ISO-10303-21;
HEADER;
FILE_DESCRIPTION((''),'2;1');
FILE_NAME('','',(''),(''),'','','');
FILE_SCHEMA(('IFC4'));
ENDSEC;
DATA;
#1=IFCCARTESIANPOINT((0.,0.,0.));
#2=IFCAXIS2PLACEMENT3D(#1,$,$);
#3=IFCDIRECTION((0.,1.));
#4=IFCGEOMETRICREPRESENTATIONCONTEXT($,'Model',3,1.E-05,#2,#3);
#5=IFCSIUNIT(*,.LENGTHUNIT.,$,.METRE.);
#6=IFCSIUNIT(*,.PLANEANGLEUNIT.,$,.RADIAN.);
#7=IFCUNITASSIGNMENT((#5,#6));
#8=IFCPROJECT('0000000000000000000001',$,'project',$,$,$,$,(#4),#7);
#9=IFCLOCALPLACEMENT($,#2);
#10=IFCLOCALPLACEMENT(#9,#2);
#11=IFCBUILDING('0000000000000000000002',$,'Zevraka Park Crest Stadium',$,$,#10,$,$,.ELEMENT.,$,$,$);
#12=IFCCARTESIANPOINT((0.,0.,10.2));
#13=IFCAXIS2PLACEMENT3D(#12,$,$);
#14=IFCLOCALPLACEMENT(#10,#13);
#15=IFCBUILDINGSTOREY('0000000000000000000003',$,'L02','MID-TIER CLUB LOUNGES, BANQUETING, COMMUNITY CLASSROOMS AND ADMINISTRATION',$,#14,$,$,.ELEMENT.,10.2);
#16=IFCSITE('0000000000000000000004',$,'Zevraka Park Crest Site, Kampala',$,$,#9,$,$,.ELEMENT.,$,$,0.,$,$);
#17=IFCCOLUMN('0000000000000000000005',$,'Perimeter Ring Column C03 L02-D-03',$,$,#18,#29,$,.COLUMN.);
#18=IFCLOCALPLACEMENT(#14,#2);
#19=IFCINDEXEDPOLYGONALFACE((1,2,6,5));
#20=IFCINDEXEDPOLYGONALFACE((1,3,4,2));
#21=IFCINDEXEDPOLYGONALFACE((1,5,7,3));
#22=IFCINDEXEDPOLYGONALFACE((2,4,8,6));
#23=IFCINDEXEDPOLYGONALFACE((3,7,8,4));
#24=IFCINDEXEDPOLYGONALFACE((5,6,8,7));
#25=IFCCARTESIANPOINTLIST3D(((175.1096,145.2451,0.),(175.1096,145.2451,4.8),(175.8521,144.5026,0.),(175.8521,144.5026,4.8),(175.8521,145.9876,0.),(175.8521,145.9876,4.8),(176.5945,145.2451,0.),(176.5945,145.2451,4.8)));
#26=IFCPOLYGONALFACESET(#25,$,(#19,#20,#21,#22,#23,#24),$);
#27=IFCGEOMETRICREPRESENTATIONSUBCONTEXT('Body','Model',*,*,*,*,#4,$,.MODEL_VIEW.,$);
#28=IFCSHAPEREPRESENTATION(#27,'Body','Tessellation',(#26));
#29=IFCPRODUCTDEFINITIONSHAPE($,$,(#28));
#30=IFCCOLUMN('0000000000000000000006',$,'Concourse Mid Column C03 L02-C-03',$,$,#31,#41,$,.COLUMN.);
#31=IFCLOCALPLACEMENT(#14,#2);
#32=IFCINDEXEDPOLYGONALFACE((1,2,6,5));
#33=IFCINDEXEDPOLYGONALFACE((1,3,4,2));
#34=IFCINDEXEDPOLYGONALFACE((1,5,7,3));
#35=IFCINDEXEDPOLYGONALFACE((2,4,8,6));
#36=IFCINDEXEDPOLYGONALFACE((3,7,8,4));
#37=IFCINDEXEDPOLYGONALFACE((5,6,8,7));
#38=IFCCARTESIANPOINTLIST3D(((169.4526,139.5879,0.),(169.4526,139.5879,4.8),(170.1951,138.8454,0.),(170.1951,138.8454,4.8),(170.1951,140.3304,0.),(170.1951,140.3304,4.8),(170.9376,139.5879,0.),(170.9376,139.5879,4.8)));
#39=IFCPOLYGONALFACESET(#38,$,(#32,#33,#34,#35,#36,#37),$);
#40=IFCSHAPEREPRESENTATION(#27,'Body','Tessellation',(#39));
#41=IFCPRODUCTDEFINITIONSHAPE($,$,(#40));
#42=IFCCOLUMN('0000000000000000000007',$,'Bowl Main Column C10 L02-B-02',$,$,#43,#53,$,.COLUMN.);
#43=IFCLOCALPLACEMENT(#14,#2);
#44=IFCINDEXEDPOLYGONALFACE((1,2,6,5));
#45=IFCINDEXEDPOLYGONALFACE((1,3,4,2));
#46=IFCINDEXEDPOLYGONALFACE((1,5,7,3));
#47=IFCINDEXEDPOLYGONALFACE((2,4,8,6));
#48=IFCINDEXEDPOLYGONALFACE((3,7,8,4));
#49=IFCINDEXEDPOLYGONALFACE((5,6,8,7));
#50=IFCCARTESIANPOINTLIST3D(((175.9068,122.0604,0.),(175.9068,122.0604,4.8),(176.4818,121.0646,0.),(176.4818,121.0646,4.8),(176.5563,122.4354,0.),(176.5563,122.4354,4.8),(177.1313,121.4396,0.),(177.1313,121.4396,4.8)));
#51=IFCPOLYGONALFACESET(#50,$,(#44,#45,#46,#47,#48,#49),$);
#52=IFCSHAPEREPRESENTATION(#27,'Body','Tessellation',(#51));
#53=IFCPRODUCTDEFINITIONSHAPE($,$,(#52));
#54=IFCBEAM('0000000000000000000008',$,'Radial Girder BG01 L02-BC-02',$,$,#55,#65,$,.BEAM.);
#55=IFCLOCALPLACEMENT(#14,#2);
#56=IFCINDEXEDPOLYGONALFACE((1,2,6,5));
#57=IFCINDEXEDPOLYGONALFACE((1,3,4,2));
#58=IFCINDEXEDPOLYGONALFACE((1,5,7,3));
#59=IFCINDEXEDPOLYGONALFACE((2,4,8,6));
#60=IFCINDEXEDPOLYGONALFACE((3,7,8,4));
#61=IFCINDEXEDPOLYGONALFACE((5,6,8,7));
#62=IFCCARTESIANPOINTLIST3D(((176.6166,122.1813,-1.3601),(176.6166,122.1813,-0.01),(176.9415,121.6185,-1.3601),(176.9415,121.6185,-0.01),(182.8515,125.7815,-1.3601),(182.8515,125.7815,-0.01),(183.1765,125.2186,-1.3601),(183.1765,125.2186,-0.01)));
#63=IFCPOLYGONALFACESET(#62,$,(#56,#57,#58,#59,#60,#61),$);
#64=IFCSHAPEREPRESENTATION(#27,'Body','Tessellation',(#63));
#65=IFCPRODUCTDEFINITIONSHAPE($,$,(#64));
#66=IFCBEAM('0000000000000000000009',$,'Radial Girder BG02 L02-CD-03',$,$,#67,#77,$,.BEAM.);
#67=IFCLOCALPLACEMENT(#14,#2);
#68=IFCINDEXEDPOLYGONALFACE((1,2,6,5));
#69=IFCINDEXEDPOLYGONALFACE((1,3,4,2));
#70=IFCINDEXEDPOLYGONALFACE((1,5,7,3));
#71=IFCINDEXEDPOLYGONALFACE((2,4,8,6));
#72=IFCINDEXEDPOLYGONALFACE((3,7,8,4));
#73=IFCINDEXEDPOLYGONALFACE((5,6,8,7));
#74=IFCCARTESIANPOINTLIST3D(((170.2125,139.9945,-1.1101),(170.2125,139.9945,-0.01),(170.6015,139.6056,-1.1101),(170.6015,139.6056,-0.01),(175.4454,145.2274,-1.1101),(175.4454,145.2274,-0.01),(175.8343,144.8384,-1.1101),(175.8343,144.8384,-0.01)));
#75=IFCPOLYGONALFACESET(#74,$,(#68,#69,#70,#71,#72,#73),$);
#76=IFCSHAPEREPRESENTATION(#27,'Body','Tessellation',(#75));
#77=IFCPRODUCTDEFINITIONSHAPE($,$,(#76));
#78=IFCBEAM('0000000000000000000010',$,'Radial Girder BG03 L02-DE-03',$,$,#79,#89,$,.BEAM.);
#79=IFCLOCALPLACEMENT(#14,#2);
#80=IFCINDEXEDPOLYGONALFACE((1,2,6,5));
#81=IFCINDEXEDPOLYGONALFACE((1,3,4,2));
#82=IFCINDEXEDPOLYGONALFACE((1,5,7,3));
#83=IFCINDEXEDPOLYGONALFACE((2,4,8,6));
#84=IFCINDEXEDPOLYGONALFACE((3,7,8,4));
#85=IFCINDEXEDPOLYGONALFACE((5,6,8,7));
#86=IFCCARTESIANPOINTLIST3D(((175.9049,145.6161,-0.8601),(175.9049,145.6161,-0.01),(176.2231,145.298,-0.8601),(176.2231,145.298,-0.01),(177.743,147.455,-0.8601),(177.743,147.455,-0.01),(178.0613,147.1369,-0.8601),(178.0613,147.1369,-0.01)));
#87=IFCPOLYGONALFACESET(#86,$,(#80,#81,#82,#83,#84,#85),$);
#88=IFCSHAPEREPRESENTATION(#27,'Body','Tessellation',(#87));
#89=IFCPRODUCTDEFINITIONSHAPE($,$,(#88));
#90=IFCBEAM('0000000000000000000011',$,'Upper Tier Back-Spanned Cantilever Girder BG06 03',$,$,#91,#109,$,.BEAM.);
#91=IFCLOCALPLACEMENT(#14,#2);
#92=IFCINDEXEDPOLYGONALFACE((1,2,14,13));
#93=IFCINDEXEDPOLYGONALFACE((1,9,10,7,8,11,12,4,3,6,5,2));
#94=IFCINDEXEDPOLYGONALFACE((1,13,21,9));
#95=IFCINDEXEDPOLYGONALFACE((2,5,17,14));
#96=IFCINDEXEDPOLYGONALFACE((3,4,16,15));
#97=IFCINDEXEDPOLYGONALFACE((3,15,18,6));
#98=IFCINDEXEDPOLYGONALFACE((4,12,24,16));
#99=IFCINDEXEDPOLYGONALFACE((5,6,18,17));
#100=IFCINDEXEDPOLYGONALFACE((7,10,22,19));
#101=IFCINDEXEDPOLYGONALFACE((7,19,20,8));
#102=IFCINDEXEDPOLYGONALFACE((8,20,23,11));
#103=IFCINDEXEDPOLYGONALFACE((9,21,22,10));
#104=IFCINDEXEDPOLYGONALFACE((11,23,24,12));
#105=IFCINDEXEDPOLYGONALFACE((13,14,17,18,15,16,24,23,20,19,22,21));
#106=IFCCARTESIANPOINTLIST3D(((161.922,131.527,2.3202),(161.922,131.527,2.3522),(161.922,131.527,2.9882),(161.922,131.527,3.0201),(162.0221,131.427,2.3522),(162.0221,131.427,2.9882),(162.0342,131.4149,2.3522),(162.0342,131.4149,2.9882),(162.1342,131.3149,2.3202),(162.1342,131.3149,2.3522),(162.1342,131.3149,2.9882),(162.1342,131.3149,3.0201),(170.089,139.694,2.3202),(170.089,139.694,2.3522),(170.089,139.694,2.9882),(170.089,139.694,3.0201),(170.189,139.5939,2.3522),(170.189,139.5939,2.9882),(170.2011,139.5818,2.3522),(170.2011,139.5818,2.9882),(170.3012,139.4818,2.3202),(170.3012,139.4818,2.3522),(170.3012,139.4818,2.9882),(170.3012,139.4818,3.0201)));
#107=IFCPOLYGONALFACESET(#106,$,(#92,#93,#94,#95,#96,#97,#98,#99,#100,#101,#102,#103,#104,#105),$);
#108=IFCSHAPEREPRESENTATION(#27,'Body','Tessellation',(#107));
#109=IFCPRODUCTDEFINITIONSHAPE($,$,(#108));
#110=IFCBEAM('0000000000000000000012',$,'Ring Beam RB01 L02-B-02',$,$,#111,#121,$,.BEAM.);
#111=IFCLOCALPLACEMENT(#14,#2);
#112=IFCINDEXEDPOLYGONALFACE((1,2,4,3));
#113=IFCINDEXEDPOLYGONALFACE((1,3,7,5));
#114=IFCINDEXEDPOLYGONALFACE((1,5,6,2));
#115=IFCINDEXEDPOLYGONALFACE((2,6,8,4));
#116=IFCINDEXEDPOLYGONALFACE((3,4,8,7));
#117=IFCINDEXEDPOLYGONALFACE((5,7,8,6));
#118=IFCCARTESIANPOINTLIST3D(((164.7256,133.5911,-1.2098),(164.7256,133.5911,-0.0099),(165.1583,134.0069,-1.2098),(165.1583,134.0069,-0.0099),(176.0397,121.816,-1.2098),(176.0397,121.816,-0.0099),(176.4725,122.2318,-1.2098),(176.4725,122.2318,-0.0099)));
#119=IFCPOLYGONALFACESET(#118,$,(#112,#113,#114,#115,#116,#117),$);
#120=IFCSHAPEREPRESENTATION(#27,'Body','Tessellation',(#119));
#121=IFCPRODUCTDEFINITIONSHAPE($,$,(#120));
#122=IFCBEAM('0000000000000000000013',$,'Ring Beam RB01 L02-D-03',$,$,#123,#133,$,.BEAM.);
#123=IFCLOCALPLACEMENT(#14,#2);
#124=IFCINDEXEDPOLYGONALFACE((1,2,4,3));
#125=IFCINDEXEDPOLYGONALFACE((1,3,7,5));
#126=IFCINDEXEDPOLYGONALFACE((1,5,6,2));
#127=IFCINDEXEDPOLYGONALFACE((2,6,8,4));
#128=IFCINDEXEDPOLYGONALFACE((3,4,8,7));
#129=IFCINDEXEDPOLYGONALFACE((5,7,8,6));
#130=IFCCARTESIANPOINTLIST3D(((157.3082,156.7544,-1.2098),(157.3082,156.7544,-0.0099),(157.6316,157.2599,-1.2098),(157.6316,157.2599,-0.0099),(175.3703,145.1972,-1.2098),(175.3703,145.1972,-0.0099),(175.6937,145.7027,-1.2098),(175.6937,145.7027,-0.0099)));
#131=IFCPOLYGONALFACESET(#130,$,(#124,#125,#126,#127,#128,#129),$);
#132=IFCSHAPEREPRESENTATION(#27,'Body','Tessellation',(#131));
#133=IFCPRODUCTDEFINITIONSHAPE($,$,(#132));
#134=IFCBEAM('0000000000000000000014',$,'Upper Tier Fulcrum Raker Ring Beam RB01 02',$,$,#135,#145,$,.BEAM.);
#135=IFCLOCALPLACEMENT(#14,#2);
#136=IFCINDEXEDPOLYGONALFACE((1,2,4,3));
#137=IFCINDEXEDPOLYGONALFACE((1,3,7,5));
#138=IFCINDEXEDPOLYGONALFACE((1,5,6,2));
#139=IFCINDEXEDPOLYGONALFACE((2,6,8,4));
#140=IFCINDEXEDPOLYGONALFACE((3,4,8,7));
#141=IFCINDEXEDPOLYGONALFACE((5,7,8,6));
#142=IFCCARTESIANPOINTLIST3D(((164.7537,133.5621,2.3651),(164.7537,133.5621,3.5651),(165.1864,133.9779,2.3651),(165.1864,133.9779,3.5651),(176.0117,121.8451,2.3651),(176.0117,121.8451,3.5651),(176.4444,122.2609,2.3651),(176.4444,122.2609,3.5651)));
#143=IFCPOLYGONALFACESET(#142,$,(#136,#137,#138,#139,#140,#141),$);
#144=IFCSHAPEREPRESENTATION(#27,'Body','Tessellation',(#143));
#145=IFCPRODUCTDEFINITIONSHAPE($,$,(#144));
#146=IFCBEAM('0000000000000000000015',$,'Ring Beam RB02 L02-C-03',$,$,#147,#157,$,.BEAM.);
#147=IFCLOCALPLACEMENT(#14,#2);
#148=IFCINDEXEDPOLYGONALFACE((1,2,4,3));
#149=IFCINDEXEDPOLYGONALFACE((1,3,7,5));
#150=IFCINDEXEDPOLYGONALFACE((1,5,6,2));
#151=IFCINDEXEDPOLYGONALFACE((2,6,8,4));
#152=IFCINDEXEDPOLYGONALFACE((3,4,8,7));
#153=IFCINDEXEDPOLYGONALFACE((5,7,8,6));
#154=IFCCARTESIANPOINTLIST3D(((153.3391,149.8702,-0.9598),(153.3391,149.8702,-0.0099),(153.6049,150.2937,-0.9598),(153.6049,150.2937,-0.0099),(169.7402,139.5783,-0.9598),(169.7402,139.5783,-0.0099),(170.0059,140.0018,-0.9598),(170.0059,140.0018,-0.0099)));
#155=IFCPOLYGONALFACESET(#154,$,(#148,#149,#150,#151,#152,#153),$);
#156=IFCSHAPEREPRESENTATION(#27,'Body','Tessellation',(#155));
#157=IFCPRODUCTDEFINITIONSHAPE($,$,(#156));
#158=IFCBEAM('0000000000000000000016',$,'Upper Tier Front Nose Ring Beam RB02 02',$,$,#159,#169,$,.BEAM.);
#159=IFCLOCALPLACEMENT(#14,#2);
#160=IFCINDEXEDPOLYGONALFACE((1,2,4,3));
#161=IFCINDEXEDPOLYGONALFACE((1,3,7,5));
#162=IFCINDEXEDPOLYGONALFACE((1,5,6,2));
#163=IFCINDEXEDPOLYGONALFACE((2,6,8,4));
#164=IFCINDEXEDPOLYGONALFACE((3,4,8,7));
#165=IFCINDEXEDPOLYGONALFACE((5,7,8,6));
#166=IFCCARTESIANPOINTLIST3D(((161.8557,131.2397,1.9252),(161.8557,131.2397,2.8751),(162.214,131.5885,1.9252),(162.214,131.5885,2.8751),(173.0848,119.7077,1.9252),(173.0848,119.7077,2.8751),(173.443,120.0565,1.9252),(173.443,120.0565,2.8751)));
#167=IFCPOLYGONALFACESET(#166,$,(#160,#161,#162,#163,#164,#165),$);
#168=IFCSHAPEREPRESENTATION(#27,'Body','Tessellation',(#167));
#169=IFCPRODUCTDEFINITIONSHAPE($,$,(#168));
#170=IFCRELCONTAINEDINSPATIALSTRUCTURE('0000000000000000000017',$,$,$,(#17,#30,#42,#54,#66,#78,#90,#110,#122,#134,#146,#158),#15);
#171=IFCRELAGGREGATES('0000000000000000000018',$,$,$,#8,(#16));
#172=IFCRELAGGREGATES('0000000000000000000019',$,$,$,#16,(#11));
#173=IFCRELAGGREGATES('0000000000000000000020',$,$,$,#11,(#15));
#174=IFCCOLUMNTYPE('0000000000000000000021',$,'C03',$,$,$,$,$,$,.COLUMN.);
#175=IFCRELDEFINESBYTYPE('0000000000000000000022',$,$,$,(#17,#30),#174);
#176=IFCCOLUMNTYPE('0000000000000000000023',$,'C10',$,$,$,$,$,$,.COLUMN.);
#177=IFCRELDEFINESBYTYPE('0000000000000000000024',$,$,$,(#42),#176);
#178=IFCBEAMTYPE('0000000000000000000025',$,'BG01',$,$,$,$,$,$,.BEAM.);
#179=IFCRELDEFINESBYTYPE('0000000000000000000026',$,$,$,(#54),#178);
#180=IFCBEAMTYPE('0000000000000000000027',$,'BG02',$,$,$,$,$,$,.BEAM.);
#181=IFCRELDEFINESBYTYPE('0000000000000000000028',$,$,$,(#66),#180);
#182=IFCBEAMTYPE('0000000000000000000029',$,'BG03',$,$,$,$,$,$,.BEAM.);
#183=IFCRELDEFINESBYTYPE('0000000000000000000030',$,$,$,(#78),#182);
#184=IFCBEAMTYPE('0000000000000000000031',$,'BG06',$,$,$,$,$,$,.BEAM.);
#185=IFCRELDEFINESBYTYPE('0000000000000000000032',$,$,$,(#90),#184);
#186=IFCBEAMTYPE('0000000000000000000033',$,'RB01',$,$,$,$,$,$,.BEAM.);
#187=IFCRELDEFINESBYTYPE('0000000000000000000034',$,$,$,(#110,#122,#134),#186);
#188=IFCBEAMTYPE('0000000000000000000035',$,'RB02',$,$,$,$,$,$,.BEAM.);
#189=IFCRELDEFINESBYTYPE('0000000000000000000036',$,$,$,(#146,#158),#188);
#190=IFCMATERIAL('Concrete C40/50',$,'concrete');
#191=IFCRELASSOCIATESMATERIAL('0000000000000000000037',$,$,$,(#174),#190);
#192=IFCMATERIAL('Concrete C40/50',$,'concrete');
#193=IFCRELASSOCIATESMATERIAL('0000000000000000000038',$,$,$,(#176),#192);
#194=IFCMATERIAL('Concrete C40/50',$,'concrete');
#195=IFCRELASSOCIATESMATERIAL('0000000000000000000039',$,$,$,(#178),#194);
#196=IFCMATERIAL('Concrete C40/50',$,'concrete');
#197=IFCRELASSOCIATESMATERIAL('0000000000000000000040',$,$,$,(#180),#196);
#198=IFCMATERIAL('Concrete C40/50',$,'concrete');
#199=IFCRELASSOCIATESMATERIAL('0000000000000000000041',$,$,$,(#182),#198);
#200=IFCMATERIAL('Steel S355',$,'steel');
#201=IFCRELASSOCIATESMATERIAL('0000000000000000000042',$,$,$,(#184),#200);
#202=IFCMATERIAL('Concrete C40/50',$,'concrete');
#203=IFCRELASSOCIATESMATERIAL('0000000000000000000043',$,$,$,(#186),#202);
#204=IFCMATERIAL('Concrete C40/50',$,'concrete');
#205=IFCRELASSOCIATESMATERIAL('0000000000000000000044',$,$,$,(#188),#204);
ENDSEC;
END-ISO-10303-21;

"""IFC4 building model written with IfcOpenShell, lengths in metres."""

from ifc_helpers import new_model, si_unit, direction, frame, origin, origin_2d, place, context, subcontext, project, spatial, rectangle, i_section, extrude, material, material_profile, profile_set, type_object, element, save


model = new_model("IFC4")

# Units and contexts
model_context = context("Model", 3, precision=1e-05, world=origin(), true_north=direction((0.0, 1.0)))
body_context = subcontext(model_context, "Body", "Model", "MODEL_VIEW")
ifc_project = project(units=[si_unit("LENGTHUNIT", "METRE"), si_unit("PLANEANGLEUNIT", "RADIAN")], contexts=[model_context])

# Site, building, storey
site_placement = place(None, origin())
site = spatial("IfcSite", under=ifc_project, at=site_placement, Name="Zevraka Park Crest Site, Kampala", CompositionType="ELEMENT", RefElevation=0.0)
building_placement = place(site_placement, origin())
building = spatial("IfcBuilding", under=site, at=building_placement, Name="Zevraka Park Crest Stadium", CompositionType="ELEMENT")
storey_placement = place(building_placement, frame((0.0, 0.0, 10.2)))
storey = spatial("IfcBuildingStorey", under=building, at=storey_placement, Name="L02", Description="MID-TIER CLUB LOUNGES, BANQUETING, COMMUNITY CLASSROOMS AND ADMINISTRATION", CompositionType="ELEMENT", Elevation=10.2)

# Columns
ifc_material_1 = material(Name="Concrete C40/50", Category="concrete")
ifc_material_profile_1 = material_profile(ifc_material_1, rectangle(XDim=1.05, YDim=1.05, at=origin_2d()), Name="RC 1050x1050")
ifc_profile_set_1 = profile_set([ifc_material_profile_1], Name="Concrete C40/50")
column_type_1 = type_object("IfcColumnType", Name="C03", PredefinedType="COLUMN", material=ifc_profile_set_1)
for number, where, z_axis, x_axis, name in (
    (1, (175.8521, 145.2451, 0.0), (0.0, 0.0, 1.0), (0.707107, 0.707107, 0.0), "Perimeter Ring Column C03 L02-D-03"),
    (2, (170.1951, 139.5879, 0.0), (0.0, 0.0, 1.0), (0.707107, 0.707107, 0.0), "Concourse Mid Column C03 L02-C-03"),
):
    element("IfcColumn", number, at=place(storey_placement, frame(where, z_axis=z_axis, x_axis=x_axis)), inside=storey, type_object=column_type_1, Name=name, PredefinedType="COLUMN", context=body_context, shape_type="SweptSolid", body=[
        extrude(rectangle(XDim=1.05, YDim=1.05, at=origin_2d()), origin(), (0.0, 0.0, 1.0), 4.8),
    ])
ifc_material_2 = material(Name="Concrete C40/50", Category="concrete")
ifc_material_profile_2 = material_profile(ifc_material_2, rectangle(XDim=0.75, YDim=1.1499, at=origin_2d()), Name="RC 1150x750")
ifc_profile_set_2 = profile_set([ifc_material_profile_2], Name="Concrete C40/50")
column_type_2 = type_object("IfcColumnType", Name="C10", PredefinedType="COLUMN", material=ifc_profile_set_2)
column_placement = place(storey_placement, frame((176.519, 121.75, 0.0), z_axis=(0.0, 0.0, 1.0), x_axis=(0.866025, 0.5, 0.0)))
element("IfcColumn", 3, at=column_placement, inside=storey, type_object=column_type_2, Name="Bowl Main Column C10 L02-B-02", PredefinedType="COLUMN", context=body_context, shape_type="SweptSolid", body=[
    extrude(rectangle(XDim=0.75, YDim=1.1499, at=origin_2d()), origin(), (0.0, 0.0, 1.0), 4.8),
])

# Beams
ifc_material_3 = material(Name="Concrete C40/50", Category="concrete")
ifc_material_profile_3 = material_profile(ifc_material_3, rectangle(XDim=0.6499, YDim=1.3501, at=origin_2d()), Name="RC 1350x650")
ifc_profile_set_3 = profile_set([ifc_material_profile_3], Name="Concrete C40/50")
beam_type_1 = type_object("IfcBeamType", Name="BG01", PredefinedType="BEAM", material=ifc_profile_set_3)
beam_1_placement = place(storey_placement, frame((176.7791, 121.8999, -0.6851), z_axis=(0.866001, 0.500041, 0.0), x_axis=(-0.500041, 0.866001, 0.0)))
element("IfcBeam", 4, at=beam_1_placement, inside=storey, type_object=beam_type_1, Name="Radial Girder BG01 L02-BC-02", PredefinedType="BEAM", context=body_context, shape_type="SweptSolid", body=[
    extrude(rectangle(XDim=0.6499, YDim=1.3501, at=origin_2d()), origin(), (0.0, 0.0, 1.0), 7.1997),
])
ifc_material_4 = material(Name="Concrete C40/50", Category="concrete")
ifc_material_profile_4 = material_profile(ifc_material_4, rectangle(XDim=0.55, YDim=1.1001, at=origin_2d()), Name="RC 1100x550")
ifc_profile_set_4 = profile_set([ifc_material_profile_4], Name="Concrete C40/50")
beam_type_2 = type_object("IfcBeamType", Name="BG02", PredefinedType="BEAM", material=ifc_profile_set_4)
beam_2_placement = place(storey_placement, frame((170.407, 139.8, -0.5601), z_axis=(0.707107, 0.707107, 0.0), x_axis=(-0.707107, 0.707107, 0.0)))
element("IfcBeam", 5, at=beam_2_placement, inside=storey, type_object=beam_type_2, Name="Radial Girder BG02 L02-CD-03", PredefinedType="BEAM", context=body_context, shape_type="SweptSolid", body=[
    extrude(rectangle(XDim=0.55, YDim=1.1001, at=origin_2d()), origin(), (0.0, 0.0, 1.0), 7.4004),
])
ifc_material_5 = material(Name="Concrete C40/50", Category="concrete")
ifc_material_profile_5 = material_profile(ifc_material_5, rectangle(XDim=0.45, YDim=0.8501, at=origin_2d()), Name="RC 850x450")
ifc_profile_set_5 = profile_set([ifc_material_profile_5], Name="Concrete C40/50")
beam_type_3 = type_object("IfcBeamType", Name="BG03", PredefinedType="BEAM", material=ifc_profile_set_5)
beam_3_placement = place(storey_placement, frame((176.064, 145.457, -0.4351), z_axis=(0.706966, 0.707248, 0.0), x_axis=(-0.707248, 0.706966, 0.0)))
element("IfcBeam", 6, at=beam_3_placement, inside=storey, type_object=beam_type_3, Name="Radial Girder BG03 L02-DE-03", PredefinedType="BEAM", context=body_context, shape_type="SweptSolid", body=[
    extrude(rectangle(XDim=0.45, YDim=0.8501, at=origin_2d()), origin(), (0.0, 0.0, 1.0), 2.6001),
])
ifc_material_6 = material(Name="Steel S355", Category="steel")
ifc_material_profile_6 = material_profile(ifc_material_6, i_section(OverallWidth=0.3, OverallDepth=0.7, WebThickness=0.0171, FlangeThickness=0.032, at=origin_2d()), Name="HEB 700")
ifc_profile_set_6 = profile_set([ifc_material_profile_6], Name="Steel S355")
beam_type_4 = type_object("IfcBeamType", Name="BG06", PredefinedType="BEAM", material=ifc_profile_set_6)
beam_4_placement = place(storey_placement, frame((170.1951, 139.5879, 2.6702), z_axis=(-0.707107, -0.707107, 0.0), x_axis=(0.707107, -0.707107, 0.0)))
element("IfcBeam", 7, at=beam_4_placement, inside=storey, type_object=beam_type_4, Name="Upper Tier Back-Spanned Cantilever Girder BG06 03", PredefinedType="BEAM", context=body_context, shape_type="SweptSolid", body=[
    extrude(i_section(OverallWidth=0.3, OverallDepth=0.7, WebThickness=0.0171, FlangeThickness=0.032, at=origin_2d()), origin(), (0.0, 0.0, 1.0), 11.5498),
])
ifc_material_7 = material(Name="Concrete C40/50", Category="concrete")
ifc_material_profile_7 = material_profile(ifc_material_7, rectangle(XDim=0.6001, YDim=1.2, at=origin_2d()), Name="RC 1200x600")
ifc_profile_set_7 = profile_set([ifc_material_profile_7], Name="Concrete C40/50")
beam_type_5 = type_object("IfcBeamType", Name="RB01", PredefinedType="BEAM", material=ifc_profile_set_7)
beam_5_placement = place(storey_placement, frame((176.2561, 122.0239, -0.6099), z_axis=(-0.692853, 0.721079, 0.0), x_axis=(-0.721079, -0.692853, 0.0)))
element("IfcBeam", 8, at=beam_5_placement, inside=storey, type_object=beam_type_5, Name="Ring Beam RB01 L02-B-02", PredefinedType="BEAM", context=body_context, shape_type="SweptSolid", body=[
    extrude(rectangle(XDim=0.6001, YDim=1.2, at=origin_2d()), origin(), (0.0, 0.0, 1.0), 16.3298),
])
beam_6_placement = place(storey_placement, frame((175.532, 145.45, -0.6099), z_axis=(-0.842326, 0.538969, 0.0), x_axis=(-0.538969, -0.842326, 0.0)))
element("IfcBeam", 9, at=beam_6_placement, inside=storey, type_object=beam_type_5, Name="Ring Beam RB01 L02-D-03", PredefinedType="BEAM", context=body_context, shape_type="SweptSolid", body=[
    extrude(rectangle(XDim=0.6001, YDim=1.2, at=origin_2d()), origin(), (0.0, 0.0, 1.0), 21.4431),
])
beam_7_placement = place(storey_placement, frame((176.228, 122.053, 2.9651), z_axis=(-0.692842, 0.721089, 0.0), x_axis=(-0.721089, -0.692842, 0.0)))
element("IfcBeam", 10, at=beam_7_placement, inside=storey, type_object=beam_type_5, Name="Upper Tier Fulcrum Raker Ring Beam RB01 02", PredefinedType="BEAM", context=body_context, shape_type="SweptSolid", body=[
    extrude(rectangle(XDim=0.6001, YDim=1.2, at=origin_2d()), origin(), (0.0, 0.0, 1.0), 16.249),
])
ifc_material_8 = material(Name="Concrete C40/50", Category="concrete")
ifc_material_profile_8 = material_profile(ifc_material_8, rectangle(XDim=0.5, YDim=0.95, at=origin_2d()), Name="RC 950x500")
ifc_profile_set_8 = profile_set([ifc_material_profile_8], Name="Concrete C40/50")
beam_type_6 = type_object("IfcBeamType", Name="RB02", PredefinedType="BEAM", material=ifc_profile_set_8)
beam_8_placement = place(storey_placement, frame((169.873, 139.79, -0.4849), z_axis=(-0.847039, 0.531532, 0.0), x_axis=(-0.531532, -0.847039, 0.0)))
element("IfcBeam", 11, at=beam_8_placement, inside=storey, type_object=beam_type_6, Name="Ring Beam RB02 L02-C-03", PredefinedType="BEAM", context=body_context, shape_type="SweptSolid", body=[
    extrude(rectangle(XDim=0.5, YDim=0.95, at=origin_2d()), origin(), (0.0, 0.0, 1.0), 19.3628),
])
beam_9_placement = place(storey_placement, frame((173.2639, 119.8821, 2.4001), z_axis=(-0.697632, 0.716456, 0.0), x_axis=(-0.716456, -0.697632, 0.0)))
element("IfcBeam", 12, at=beam_9_placement, inside=storey, type_object=beam_type_6, Name="Upper Tier Front Nose Ring Beam RB02 02", PredefinedType="BEAM", context=body_context, shape_type="SweptSolid", body=[
    extrude(rectangle(XDim=0.5, YDim=0.95, at=origin_2d()), origin(), (0.0, 0.0, 1.0), 16.0959),
])

save(model, "model.ifc")
